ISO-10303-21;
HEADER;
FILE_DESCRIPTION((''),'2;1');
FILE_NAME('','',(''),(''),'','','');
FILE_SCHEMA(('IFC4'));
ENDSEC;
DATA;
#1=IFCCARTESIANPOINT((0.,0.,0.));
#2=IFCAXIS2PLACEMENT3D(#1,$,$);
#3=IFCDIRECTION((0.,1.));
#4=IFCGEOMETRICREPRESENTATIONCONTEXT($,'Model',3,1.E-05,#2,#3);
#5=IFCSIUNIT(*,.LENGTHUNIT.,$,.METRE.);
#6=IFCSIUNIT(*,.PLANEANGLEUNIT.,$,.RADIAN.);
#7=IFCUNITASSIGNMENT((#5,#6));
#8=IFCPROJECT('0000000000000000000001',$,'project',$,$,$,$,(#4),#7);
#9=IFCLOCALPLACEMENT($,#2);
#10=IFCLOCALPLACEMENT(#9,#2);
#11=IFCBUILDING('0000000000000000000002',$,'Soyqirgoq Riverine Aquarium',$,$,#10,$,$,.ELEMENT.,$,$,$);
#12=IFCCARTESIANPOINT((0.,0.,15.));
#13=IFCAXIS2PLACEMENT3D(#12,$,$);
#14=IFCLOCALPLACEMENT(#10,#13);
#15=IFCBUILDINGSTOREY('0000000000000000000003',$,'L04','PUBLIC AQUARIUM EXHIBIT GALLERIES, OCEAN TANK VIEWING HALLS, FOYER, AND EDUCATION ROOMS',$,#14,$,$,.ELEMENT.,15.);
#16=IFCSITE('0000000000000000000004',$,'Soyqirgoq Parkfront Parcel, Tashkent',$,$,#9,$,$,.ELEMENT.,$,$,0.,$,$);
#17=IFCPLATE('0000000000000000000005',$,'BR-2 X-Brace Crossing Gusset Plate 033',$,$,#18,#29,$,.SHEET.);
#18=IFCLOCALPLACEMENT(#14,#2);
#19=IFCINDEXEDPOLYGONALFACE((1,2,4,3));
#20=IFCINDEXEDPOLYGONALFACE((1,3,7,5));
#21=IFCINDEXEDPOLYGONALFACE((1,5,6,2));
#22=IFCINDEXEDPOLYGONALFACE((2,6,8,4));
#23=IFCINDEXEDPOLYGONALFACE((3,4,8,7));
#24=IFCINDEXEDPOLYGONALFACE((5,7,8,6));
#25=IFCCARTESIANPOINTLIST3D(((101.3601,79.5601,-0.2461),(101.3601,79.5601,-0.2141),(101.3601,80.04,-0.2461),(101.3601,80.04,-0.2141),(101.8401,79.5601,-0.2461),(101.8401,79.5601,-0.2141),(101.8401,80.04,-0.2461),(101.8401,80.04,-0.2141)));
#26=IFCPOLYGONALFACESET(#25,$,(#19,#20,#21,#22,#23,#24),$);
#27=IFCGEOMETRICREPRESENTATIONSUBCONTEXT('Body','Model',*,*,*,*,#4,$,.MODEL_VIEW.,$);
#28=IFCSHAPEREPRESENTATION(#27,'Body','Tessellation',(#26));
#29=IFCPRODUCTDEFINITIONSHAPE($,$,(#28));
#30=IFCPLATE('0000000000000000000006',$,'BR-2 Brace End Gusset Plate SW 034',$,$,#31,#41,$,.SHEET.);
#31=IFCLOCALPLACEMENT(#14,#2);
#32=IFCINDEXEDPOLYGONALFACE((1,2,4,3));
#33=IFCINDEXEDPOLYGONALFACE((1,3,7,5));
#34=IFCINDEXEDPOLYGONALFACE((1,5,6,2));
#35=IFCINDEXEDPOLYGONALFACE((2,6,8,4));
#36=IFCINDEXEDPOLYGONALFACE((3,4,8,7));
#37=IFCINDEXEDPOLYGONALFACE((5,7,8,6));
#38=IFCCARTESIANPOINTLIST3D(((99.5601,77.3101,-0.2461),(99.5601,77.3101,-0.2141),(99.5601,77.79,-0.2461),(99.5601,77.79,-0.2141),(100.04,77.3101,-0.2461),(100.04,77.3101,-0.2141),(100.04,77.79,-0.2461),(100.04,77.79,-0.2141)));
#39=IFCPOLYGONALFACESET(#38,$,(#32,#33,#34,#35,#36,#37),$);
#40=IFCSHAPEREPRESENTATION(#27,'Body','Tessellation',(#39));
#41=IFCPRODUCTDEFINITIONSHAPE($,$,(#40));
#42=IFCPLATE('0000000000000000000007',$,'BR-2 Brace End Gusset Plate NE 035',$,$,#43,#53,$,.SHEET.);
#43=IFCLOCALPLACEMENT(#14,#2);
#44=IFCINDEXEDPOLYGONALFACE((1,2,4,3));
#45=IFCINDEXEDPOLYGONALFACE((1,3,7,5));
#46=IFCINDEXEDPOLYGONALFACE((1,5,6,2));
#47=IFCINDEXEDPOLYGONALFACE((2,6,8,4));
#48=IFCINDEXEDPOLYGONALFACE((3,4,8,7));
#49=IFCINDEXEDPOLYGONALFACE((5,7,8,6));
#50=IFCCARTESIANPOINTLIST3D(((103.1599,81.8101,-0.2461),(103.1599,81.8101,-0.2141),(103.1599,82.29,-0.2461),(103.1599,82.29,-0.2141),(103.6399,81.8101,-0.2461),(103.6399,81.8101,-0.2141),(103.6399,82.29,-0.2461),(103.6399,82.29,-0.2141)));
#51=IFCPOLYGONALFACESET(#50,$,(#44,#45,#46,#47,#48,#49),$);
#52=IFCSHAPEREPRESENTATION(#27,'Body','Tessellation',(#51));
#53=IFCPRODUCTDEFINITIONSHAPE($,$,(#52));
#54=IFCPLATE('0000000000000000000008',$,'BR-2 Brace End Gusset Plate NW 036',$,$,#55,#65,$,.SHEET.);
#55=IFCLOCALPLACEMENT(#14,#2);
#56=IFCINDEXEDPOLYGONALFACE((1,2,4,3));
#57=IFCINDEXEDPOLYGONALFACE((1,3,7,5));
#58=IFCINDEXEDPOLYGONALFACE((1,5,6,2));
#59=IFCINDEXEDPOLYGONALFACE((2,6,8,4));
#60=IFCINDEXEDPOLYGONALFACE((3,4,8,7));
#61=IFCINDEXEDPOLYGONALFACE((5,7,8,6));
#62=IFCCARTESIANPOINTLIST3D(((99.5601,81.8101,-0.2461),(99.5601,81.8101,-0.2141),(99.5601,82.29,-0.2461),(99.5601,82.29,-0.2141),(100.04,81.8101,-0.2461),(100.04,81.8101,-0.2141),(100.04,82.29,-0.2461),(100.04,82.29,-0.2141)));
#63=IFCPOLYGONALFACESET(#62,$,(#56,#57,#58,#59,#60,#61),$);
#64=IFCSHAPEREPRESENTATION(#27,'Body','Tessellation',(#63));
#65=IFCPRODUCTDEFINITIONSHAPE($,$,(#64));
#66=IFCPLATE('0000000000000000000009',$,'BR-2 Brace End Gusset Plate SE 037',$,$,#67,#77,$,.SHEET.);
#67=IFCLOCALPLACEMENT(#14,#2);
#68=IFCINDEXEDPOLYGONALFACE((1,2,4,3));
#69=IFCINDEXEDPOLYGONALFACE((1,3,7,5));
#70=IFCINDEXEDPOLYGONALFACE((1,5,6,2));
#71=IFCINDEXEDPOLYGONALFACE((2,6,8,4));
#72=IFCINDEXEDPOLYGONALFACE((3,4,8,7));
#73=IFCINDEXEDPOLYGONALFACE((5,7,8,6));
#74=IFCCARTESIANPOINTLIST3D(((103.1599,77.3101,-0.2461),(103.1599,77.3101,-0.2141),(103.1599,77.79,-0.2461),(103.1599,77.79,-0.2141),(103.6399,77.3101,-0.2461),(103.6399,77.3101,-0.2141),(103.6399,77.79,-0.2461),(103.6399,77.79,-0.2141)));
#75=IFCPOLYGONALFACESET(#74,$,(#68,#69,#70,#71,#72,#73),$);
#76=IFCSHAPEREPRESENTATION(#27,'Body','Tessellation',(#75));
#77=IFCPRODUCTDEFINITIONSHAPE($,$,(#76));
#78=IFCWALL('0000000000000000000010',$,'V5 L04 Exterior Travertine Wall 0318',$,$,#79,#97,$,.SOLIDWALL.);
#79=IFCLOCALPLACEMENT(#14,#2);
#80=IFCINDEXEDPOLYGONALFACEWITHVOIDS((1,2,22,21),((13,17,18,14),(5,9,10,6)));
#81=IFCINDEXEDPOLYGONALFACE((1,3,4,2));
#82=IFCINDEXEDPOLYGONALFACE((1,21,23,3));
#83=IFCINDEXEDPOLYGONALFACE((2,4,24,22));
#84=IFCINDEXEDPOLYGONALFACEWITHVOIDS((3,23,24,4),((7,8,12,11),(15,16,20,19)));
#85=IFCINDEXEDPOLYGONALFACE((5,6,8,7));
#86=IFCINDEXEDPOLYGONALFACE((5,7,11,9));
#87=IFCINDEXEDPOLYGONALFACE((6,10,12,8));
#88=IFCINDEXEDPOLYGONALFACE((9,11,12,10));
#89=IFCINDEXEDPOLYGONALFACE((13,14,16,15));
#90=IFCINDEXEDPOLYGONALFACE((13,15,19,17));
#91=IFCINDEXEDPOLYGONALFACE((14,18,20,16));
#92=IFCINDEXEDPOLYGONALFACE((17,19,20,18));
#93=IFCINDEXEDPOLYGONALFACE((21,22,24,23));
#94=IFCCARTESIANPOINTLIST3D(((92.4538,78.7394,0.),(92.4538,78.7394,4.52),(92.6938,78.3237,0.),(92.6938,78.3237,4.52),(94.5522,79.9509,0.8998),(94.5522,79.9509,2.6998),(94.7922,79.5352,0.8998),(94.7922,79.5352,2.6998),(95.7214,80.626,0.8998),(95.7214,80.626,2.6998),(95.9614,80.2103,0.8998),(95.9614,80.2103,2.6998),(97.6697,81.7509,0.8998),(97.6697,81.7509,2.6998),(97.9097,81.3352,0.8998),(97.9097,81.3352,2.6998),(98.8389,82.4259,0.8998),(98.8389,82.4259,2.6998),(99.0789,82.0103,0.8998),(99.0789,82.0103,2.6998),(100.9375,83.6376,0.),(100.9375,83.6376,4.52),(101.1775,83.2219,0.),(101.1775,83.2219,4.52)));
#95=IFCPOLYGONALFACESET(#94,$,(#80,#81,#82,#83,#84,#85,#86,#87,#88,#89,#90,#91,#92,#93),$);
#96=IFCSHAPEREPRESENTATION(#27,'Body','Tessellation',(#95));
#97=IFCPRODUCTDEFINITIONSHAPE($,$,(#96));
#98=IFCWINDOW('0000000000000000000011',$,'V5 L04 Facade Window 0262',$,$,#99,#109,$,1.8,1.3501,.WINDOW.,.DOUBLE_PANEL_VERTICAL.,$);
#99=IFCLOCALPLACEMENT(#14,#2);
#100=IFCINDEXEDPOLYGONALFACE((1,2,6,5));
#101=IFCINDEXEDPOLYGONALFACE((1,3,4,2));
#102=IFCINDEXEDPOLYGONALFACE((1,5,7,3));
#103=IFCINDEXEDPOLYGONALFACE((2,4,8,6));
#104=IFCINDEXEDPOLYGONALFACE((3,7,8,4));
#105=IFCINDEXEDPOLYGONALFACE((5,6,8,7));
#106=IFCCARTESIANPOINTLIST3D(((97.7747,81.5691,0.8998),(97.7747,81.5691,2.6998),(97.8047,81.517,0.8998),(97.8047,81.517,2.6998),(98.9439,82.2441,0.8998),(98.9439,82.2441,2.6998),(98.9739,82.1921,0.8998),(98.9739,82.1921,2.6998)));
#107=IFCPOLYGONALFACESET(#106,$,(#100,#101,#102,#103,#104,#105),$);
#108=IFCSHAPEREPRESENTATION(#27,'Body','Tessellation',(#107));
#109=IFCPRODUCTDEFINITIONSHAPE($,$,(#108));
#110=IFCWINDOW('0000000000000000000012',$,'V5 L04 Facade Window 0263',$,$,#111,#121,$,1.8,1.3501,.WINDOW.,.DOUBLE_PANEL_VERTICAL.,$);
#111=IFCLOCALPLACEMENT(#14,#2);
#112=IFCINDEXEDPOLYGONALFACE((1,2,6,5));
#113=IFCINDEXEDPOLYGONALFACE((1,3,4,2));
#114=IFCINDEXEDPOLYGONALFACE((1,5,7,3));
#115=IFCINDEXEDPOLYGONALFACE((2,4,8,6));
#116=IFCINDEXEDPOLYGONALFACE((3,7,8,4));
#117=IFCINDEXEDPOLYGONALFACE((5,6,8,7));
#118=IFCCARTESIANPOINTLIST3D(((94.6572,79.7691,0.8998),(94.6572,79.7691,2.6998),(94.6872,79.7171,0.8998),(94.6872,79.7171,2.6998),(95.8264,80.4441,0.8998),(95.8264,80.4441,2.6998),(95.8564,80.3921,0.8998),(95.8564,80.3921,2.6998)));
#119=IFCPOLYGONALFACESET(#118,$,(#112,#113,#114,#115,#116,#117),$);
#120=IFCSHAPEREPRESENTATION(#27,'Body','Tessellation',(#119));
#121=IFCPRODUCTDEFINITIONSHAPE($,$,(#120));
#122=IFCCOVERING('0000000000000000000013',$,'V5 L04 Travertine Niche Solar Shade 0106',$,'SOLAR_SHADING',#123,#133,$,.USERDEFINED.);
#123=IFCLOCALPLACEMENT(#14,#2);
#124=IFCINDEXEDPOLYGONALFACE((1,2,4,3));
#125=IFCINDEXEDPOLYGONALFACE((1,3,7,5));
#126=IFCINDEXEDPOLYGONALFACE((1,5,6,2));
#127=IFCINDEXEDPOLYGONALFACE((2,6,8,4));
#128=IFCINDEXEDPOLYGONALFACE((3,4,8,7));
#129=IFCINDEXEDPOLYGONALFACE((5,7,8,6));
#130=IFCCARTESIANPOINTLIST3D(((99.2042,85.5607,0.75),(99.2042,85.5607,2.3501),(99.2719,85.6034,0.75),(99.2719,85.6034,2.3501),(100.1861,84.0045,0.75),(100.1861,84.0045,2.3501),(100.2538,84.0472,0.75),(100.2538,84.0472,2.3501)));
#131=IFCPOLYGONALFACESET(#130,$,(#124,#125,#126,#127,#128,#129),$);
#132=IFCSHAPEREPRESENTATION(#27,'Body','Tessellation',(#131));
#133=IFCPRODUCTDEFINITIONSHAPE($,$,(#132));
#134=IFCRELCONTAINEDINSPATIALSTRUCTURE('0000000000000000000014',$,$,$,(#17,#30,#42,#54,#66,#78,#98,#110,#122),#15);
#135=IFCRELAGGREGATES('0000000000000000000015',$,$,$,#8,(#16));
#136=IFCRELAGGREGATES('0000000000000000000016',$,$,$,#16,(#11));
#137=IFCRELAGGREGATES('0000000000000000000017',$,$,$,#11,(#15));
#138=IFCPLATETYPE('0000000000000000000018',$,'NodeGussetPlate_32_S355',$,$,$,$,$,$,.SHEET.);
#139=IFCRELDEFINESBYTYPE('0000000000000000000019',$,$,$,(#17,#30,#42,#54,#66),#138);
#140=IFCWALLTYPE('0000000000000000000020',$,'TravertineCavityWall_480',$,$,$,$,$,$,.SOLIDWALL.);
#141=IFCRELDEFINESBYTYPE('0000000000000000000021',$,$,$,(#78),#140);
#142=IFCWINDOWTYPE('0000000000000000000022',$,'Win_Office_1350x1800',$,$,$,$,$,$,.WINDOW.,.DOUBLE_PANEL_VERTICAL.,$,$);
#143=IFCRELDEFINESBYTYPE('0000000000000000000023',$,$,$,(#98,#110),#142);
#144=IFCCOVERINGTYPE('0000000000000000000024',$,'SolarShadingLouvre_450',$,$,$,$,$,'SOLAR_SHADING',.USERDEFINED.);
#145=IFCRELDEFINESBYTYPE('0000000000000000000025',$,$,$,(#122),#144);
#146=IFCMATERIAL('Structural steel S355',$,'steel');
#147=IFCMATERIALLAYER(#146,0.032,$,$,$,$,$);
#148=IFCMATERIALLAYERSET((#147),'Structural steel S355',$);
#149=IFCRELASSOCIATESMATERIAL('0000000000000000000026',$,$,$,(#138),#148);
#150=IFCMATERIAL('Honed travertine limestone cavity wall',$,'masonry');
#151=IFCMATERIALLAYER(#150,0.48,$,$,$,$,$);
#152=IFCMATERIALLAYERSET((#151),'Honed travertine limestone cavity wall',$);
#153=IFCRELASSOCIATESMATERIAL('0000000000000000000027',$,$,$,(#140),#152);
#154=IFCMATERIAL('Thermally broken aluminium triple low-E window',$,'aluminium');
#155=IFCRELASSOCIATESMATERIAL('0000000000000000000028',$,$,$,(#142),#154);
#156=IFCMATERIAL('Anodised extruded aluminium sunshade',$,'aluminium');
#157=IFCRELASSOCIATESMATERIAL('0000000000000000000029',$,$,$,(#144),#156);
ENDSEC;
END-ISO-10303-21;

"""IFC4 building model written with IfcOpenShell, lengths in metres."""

from ifc_helpers import new_model, si_unit, direction, frame, frame_2d, origin, origin_2d, place, context, subcontext, project, spatial, rectangle, extrude, material, layer, layer_set, type_object, element, fill, save


model = new_model("IFC4")

# Units and contexts
model_context = context("Model", 3, precision=1e-05, world=origin(), true_north=direction((0.0, 1.0)))
body_context = subcontext(model_context, "Body", "Model", "MODEL_VIEW")
ifc_project = project(units=[si_unit("LENGTHUNIT", "METRE"), si_unit("PLANEANGLEUNIT", "RADIAN")], contexts=[model_context])

# Site, building, storey
site_placement = place(None, origin())
site = spatial("IfcSite", under=ifc_project, at=site_placement, Name="Soyqirgoq Parkfront Parcel, Tashkent", CompositionType="ELEMENT", RefElevation=0.0)
building_placement = place(site_placement, origin())
building = spatial("IfcBuilding", under=site, at=building_placement, Name="Soyqirgoq Riverine Aquarium", CompositionType="ELEMENT")
storey_placement = place(building_placement, frame((0.0, 0.0, 15.0)))
storey = spatial("IfcBuildingStorey", under=building, at=storey_placement, Name="L04", Description="PUBLIC AQUARIUM EXHIBIT GALLERIES, OCEAN TANK VIEWING HALLS, FOYER, AND EDUCATION ROOMS", CompositionType="ELEMENT", Elevation=15.0)

# Plates
ifc_material_1 = material(Name="Structural steel S355", Category="steel")
ifc_layer_1 = layer(ifc_material_1, 0.032)
ifc_layer_set_1 = layer_set([ifc_layer_1], Name="Structural steel S355")
plate_type = type_object("IfcPlateType", Name="NodeGussetPlate_32_S355", PredefinedType="SHEET", material=ifc_layer_set_1)
for number, where, z_axis, x_axis, name in (
    (1, (101.6001, 79.8, -0.2461), (0.0, 0.0, 1.0), (1.0, 0.0, 0.0), "BR-2 X-Brace Crossing Gusset Plate 033"),
    (2, (99.8, 77.55, -0.2461), (0.0, 0.0, 1.0), (1.0, 0.0, 0.0), "BR-2 Brace End Gusset Plate SW 034"),
    (3, (103.3999, 82.05, -0.2461), (0.0, 0.0, 1.0), (1.0, 0.0, 0.0), "BR-2 Brace End Gusset Plate NE 035"),
    (4, (99.8, 82.05, -0.2461), (0.0, 0.0, 1.0), (1.0, 0.0, 0.0), "BR-2 Brace End Gusset Plate NW 036"),
    (5, (103.3999, 77.55, -0.2461), (0.0, 0.0, 1.0), (1.0, 0.0, 0.0), "BR-2 Brace End Gusset Plate SE 037"),
):
    element("IfcPlate", number, at=place(storey_placement, frame(where, z_axis=z_axis, x_axis=x_axis)), inside=storey, type_object=plate_type, Name=name, PredefinedType="SHEET", context=body_context, shape_type="SweptSolid", body=[
        extrude(rectangle(XDim=0.48, YDim=0.48, at=origin_2d()), origin(), (0.0, 0.0, 1.0), 0.032),
    ])

# Wall, openings, windows
ifc_material_2 = material(Name="Honed travertine limestone cavity wall", Category="masonry")
ifc_layer_2 = layer(ifc_material_2, 0.48)
ifc_layer_set_2 = layer_set([ifc_layer_2], Name="Honed travertine limestone cavity wall")
wall_type = type_object("IfcWallType", Name="TravertineCavityWall_480", PredefinedType="SOLIDWALL", material=ifc_layer_set_2)
wall_placement = place(storey_placement, frame((101.0574, 83.4297, 0.0), z_axis=(0.0, 0.0, 1.0), x_axis=(-0.866018, -0.500012, 0.0)))
wall = element("IfcWall", 6, at=wall_placement, inside=storey, type_object=wall_type, Name="V5 L04 Exterior Travertine Wall 0318", PredefinedType="SOLIDWALL", context=body_context, shape_type="SweptSolid", body=[
    extrude(rectangle(XDim=9.7961, YDim=0.48, at=frame_2d((4.8979, 0.0))), origin(), (0.0, 0.0, 1.0), 4.52),
])
opening_1_placement = place(wall_placement, frame((2.4231, 0.0, 0.8999)))
opening_1 = element("IfcOpeningElement", 7, at=opening_1_placement, cuts=wall, PredefinedType="OPENING", context=body_context, shape_type="SweptSolid", body=[
    extrude(rectangle(XDim=1.3501, YDim=1.8, at=frame_2d((0.675, 0.8999))), frame((0.0, 0.25, 0.0), z_axis=(0.0, -1.0, 0.0), x_axis=(1.0, 0.0, 0.0)), (0.0, 0.0, 1.0), 0.5),
])
opening_2_placement = place(wall_placement, frame((6.0229, 0.0, 0.8999)))
opening_2 = element("IfcOpeningElement", 8, at=opening_2_placement, cuts=wall, PredefinedType="OPENING", context=body_context, shape_type="SweptSolid", body=[
    extrude(rectangle(XDim=1.3501, YDim=1.8, at=frame_2d((0.675, 0.8999))), frame((0.0, 0.25, 0.0), z_axis=(0.0, -1.0, 0.0), x_axis=(1.0, 0.0, 0.0)), (0.0, 0.0, 1.0), 0.5),
])
ifc_material_3 = material(Name="Thermally broken aluminium triple low-E window", Category="aluminium")
window_type = type_object("IfcWindowType", Name="Win_Office_1350x1800", PartitioningType="DOUBLE_PANEL_VERTICAL", PredefinedType="WINDOW", material=ifc_material_3)
window_1_placement = place(opening_1_placement, origin())
window_1 = element("IfcWindow", 9, at=window_1_placement, inside=storey, type_object=window_type, Name="V5 L04 Facade Window 0262", OverallHeight=1.8, OverallWidth=1.3501, PartitioningType="DOUBLE_PANEL_VERTICAL", PredefinedType="WINDOW", context=body_context, shape_type="SweptSolid", body=[
    extrude(rectangle(XDim=1.3501, YDim=1.8, at=frame_2d((0.675, 0.8999))), frame((0.0, 0.03, 0.0), z_axis=(0.0, -1.0, 0.0), x_axis=(1.0, 0.0, 0.0)), (0.0, 0.0, 1.0), 0.0601),
])
fill(opening_1, window_1)
window_2_placement = place(opening_2_placement, origin())
window_2 = element("IfcWindow", 10, at=window_2_placement, inside=storey, type_object=window_type, Name="V5 L04 Facade Window 0263", OverallHeight=1.8, OverallWidth=1.3501, PartitioningType="DOUBLE_PANEL_VERTICAL", PredefinedType="WINDOW", context=body_context, shape_type="SweptSolid", body=[
    extrude(rectangle(XDim=1.3501, YDim=1.8, at=frame_2d((0.675, 0.8999))), frame((0.0, 0.03, 0.0), z_axis=(0.0, -1.0, 0.0), x_axis=(1.0, 0.0, 0.0)), (0.0, 0.0, 1.0), 0.0601),
])
fill(opening_2, window_2)

# Covering
ifc_material_4 = material(Name="Anodised extruded aluminium sunshade", Category="aluminium")
covering_type = type_object("IfcCoveringType", Name="SolarShadingLouvre_450", ElementType="SOLAR_SHADING", PredefinedType="USERDEFINED", material=ifc_material_4)
covering_placement = place(storey_placement, frame((99.729, 84.804, 0.75), z_axis=(0.0, 0.0, 1.0), x_axis=(0.533615, -0.845728, 0.0)))
element("IfcCovering", 11, at=covering_placement, inside=storey, type_object=covering_type, Name="V5 L04 Travertine Niche Solar Shade 0106", ObjectType="SOLAR_SHADING", PredefinedType="USERDEFINED", context=body_context, shape_type="SweptSolid", body=[
    extrude(rectangle(XDim=1.8401, YDim=0.0801, at=origin_2d()), origin(), (0.0, 0.0, 1.0), 1.6001),
])

save(model, "model.ifc")
